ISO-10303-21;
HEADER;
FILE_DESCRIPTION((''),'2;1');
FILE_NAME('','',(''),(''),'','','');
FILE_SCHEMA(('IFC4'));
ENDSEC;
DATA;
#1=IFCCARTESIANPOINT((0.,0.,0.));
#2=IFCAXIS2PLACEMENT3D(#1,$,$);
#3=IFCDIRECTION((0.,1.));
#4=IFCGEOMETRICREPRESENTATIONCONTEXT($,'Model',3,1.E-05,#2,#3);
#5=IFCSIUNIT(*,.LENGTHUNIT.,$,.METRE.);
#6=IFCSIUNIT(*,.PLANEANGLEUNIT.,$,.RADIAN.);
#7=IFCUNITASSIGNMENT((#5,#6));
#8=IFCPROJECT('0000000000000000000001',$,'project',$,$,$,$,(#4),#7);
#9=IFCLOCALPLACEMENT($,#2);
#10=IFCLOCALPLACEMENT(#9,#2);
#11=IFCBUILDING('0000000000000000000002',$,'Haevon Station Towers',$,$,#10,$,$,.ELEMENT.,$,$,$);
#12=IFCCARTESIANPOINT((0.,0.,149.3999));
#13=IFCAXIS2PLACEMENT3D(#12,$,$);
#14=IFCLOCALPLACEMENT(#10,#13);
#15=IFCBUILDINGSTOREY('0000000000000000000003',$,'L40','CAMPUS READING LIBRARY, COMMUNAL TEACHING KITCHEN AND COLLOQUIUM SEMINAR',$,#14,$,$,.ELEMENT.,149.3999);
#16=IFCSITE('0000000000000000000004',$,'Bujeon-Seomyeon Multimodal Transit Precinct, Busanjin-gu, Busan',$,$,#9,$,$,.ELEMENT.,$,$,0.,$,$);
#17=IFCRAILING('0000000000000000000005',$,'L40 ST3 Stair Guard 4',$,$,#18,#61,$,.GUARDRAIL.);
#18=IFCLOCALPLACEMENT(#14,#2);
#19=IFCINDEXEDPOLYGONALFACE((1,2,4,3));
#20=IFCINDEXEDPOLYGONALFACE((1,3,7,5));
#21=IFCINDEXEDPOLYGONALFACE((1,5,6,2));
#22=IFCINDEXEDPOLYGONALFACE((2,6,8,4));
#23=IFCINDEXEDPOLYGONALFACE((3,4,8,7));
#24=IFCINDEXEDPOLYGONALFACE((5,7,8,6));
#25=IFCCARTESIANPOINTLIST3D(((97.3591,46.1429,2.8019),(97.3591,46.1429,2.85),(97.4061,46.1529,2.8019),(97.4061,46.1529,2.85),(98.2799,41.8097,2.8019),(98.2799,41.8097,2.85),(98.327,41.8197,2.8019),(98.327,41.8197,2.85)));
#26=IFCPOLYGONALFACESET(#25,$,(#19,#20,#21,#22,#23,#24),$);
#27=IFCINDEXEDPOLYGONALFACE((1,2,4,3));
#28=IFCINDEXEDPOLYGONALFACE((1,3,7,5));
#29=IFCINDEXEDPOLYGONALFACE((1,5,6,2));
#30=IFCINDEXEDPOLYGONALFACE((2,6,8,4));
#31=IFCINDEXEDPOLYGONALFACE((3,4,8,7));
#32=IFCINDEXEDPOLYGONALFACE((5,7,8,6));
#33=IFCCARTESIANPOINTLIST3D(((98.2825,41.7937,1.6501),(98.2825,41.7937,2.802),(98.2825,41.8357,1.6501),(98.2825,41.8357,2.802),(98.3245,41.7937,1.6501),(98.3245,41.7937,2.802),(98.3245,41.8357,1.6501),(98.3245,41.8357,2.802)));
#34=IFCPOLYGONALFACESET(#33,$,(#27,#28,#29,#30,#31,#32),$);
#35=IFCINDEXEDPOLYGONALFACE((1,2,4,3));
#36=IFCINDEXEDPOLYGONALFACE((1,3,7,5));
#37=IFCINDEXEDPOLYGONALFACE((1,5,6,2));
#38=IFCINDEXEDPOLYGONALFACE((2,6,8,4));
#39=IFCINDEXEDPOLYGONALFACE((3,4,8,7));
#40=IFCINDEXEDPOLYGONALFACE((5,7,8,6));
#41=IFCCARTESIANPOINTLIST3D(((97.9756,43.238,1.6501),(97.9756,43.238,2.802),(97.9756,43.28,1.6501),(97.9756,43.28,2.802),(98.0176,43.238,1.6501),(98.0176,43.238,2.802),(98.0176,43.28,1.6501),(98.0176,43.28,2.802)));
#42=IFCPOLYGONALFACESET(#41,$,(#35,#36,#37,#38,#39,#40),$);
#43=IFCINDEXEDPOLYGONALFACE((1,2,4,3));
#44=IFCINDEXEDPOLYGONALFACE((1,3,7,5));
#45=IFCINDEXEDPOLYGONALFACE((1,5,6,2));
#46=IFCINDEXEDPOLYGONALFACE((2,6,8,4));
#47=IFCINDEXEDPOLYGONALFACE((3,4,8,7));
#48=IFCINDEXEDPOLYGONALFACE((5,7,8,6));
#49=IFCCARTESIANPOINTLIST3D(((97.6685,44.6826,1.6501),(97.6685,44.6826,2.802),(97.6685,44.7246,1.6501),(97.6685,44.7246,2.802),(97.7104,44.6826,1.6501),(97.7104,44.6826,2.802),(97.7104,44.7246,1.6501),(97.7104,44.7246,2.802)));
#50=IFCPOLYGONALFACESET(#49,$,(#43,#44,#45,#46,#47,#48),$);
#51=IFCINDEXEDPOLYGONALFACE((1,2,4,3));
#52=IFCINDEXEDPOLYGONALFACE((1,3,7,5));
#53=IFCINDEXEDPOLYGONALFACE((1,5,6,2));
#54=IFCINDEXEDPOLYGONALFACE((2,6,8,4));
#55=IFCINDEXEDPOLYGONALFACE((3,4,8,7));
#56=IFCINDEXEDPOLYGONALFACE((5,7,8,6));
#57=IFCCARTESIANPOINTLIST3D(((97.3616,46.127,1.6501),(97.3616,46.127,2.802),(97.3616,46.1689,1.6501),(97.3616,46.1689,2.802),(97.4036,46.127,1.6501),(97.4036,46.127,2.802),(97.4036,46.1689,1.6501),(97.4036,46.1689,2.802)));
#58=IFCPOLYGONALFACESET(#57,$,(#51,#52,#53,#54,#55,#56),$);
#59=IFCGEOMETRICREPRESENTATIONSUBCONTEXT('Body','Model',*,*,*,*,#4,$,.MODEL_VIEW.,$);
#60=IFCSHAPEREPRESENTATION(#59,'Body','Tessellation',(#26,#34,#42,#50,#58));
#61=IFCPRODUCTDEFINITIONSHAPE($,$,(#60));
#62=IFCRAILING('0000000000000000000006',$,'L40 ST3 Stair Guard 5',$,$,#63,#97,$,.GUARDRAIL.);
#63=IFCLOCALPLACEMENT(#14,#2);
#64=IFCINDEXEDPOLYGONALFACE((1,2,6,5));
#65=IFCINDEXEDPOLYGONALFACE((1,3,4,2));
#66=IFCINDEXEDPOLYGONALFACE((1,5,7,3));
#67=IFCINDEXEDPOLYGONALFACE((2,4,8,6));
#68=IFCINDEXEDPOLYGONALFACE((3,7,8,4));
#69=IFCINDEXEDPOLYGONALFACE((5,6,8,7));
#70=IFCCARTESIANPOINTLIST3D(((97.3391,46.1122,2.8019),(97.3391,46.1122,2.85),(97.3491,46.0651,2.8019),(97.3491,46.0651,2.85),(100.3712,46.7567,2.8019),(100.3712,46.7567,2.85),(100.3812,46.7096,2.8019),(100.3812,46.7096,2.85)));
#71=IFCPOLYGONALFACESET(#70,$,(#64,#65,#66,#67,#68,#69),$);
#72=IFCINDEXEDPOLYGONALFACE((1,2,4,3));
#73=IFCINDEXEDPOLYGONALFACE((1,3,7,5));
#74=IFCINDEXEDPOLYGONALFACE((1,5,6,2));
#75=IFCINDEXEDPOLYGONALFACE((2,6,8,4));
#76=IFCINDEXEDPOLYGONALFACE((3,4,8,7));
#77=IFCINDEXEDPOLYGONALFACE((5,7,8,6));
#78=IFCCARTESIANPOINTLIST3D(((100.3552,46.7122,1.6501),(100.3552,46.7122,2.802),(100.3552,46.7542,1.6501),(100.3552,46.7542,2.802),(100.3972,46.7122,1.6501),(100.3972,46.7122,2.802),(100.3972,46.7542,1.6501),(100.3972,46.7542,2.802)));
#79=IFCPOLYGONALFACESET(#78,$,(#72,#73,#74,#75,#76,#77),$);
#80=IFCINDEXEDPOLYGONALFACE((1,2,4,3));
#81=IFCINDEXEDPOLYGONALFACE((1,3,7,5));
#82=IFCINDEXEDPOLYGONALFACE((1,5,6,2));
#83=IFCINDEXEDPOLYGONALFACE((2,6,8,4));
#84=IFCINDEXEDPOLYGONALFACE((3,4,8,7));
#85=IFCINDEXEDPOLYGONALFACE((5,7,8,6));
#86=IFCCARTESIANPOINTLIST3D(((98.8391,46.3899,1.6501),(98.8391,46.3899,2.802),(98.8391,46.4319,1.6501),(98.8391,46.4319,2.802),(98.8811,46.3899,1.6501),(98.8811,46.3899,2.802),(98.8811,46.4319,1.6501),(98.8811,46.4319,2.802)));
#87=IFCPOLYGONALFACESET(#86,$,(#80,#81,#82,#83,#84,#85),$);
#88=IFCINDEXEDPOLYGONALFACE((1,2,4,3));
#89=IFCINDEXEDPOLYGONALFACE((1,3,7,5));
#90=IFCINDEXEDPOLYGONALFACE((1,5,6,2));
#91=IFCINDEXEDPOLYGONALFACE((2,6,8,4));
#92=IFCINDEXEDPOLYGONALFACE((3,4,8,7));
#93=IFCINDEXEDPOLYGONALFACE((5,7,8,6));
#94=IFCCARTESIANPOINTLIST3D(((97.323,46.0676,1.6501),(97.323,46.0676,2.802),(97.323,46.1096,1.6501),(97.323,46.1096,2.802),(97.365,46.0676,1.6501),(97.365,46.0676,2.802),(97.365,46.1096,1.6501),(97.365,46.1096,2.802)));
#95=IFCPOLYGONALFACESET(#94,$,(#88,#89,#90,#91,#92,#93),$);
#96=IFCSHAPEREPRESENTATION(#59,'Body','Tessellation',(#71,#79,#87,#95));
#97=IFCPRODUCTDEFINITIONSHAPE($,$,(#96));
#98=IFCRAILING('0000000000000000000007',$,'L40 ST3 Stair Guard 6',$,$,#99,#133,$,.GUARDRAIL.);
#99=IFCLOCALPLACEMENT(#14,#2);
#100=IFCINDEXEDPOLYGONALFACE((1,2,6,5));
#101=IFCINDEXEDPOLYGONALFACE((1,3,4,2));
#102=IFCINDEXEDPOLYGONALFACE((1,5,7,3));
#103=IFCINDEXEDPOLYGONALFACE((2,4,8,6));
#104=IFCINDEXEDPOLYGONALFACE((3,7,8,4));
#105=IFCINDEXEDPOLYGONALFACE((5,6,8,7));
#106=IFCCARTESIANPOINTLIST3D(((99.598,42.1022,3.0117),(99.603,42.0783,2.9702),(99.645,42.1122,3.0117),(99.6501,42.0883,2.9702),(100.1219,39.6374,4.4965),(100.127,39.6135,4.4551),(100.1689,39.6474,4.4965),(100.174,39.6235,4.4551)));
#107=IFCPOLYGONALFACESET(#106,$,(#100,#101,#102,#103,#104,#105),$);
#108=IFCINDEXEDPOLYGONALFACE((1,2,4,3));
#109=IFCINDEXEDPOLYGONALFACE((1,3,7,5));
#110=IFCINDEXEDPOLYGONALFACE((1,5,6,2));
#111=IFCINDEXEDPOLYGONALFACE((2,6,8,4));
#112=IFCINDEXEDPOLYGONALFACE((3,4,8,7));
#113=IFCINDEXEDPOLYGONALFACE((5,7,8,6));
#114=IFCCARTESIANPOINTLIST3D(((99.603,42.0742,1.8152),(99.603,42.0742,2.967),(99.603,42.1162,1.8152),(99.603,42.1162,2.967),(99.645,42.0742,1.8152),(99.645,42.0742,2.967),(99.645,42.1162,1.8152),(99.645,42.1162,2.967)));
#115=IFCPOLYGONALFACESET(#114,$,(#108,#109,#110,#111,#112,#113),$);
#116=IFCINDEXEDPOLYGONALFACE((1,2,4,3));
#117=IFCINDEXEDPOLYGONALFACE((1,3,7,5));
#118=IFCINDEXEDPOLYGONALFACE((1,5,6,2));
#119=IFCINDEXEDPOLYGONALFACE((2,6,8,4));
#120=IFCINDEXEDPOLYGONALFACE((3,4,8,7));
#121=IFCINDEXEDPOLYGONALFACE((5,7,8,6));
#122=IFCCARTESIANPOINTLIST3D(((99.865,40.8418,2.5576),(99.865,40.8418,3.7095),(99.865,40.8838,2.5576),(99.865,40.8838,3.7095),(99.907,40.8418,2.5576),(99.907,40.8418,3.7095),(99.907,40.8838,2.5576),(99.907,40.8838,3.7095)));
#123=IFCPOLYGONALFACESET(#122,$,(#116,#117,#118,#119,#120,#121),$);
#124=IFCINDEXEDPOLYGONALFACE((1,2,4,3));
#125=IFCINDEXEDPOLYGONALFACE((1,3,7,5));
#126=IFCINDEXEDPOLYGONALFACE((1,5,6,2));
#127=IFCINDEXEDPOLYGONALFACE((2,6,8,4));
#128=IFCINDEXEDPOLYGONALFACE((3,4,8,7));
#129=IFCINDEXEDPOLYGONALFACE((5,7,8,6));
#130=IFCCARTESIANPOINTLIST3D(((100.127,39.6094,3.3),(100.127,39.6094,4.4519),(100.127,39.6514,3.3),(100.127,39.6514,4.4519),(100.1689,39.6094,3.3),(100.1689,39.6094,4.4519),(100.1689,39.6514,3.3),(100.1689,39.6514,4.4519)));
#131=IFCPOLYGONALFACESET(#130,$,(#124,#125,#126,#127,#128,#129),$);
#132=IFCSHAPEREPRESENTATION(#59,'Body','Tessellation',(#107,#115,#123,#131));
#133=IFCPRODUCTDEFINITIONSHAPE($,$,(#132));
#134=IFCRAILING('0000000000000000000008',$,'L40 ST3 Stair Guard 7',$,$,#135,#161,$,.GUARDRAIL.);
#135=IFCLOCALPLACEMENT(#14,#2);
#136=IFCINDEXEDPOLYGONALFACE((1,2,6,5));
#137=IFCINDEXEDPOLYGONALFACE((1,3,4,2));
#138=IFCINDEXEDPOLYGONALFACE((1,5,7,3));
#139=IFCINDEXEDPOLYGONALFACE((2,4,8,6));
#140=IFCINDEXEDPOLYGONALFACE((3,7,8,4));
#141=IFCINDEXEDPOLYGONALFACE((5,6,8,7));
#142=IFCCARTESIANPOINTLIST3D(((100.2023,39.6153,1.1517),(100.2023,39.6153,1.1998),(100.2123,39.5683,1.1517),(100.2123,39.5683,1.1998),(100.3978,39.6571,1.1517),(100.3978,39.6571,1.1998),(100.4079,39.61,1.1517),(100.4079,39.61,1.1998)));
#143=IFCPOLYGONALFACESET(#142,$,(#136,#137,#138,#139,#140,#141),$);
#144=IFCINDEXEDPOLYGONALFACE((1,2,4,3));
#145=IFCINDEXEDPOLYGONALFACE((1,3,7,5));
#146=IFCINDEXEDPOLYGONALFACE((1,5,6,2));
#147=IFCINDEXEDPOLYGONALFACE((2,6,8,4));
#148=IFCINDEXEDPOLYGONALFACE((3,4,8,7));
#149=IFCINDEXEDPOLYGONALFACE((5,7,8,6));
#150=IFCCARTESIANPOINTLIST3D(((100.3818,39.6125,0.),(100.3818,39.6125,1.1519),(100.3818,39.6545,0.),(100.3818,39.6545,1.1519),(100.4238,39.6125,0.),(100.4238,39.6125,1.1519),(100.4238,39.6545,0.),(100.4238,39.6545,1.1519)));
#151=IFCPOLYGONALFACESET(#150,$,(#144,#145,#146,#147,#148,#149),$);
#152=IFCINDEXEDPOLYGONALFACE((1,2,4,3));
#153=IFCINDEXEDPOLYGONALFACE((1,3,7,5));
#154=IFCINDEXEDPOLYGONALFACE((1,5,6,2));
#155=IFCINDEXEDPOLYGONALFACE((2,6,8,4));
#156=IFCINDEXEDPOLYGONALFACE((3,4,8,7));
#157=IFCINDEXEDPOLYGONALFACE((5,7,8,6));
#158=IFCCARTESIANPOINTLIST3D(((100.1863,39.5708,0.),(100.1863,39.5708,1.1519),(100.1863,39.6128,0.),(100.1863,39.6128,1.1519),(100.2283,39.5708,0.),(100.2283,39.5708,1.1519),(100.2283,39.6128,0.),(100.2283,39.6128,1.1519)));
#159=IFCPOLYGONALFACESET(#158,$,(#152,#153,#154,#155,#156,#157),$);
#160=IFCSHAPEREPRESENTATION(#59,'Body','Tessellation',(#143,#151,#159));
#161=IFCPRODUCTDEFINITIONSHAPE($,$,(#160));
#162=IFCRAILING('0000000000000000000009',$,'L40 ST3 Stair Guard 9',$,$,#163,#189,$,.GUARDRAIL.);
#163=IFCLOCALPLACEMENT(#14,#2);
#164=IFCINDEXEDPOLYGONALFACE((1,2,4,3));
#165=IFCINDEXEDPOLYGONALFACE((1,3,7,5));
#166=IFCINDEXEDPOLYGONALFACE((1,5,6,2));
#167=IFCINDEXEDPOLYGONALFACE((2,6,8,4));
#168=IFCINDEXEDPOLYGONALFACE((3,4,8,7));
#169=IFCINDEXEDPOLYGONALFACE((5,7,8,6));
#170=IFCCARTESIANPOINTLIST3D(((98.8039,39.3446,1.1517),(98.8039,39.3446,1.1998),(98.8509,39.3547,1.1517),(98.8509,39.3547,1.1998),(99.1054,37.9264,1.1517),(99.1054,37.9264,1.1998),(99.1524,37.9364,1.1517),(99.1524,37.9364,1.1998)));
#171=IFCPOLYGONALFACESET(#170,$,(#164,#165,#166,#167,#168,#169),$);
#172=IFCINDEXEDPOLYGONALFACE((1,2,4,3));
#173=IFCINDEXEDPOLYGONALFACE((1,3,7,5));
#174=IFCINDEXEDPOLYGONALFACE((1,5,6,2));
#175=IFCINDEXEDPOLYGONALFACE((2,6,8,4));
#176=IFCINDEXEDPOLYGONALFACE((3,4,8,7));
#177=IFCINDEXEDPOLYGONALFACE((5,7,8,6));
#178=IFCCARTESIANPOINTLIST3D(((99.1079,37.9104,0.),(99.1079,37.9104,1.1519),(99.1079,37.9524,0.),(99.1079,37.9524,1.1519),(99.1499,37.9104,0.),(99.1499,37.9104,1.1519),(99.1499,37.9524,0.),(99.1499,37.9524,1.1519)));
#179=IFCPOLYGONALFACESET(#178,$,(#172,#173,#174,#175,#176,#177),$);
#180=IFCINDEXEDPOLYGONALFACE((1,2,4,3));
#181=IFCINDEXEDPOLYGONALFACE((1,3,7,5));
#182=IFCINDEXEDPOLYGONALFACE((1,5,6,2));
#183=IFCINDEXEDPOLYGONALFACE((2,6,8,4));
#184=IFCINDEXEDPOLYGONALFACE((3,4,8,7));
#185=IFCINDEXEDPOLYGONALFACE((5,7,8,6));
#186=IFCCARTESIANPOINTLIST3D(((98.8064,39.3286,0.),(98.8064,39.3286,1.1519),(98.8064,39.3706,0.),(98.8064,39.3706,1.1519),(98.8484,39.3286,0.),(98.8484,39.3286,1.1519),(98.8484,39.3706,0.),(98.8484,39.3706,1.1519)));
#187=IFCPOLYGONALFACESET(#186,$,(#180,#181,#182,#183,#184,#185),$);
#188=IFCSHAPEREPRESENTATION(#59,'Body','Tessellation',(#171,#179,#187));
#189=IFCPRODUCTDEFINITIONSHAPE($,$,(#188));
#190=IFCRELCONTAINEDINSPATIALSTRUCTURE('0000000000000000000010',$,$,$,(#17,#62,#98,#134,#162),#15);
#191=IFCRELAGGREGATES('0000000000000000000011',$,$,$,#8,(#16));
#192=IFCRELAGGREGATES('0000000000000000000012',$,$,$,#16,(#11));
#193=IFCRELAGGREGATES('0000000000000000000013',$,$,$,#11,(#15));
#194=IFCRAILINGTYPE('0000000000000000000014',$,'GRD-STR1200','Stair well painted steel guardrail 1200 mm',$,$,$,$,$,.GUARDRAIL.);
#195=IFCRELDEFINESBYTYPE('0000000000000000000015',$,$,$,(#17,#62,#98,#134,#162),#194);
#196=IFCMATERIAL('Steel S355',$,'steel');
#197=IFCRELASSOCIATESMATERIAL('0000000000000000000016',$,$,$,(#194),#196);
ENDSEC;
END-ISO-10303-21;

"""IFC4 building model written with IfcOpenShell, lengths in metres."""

from ifc_helpers import new_model, si_unit, direction, frame, origin, origin_2d, place, context, subcontext, project, spatial, rectangle, extrude, material, type_object, element, save


model = new_model("IFC4")

# Units and contexts
model_context = context("Model", 3, precision=1e-05, world=origin(), true_north=direction((0.0, 1.0)))
body_context = subcontext(model_context, "Body", "Model", "MODEL_VIEW")
ifc_project = project(units=[si_unit("LENGTHUNIT", "METRE"), si_unit("PLANEANGLEUNIT", "RADIAN")], contexts=[model_context])

# Site, building, storey
site_placement = place(None, origin())
site = spatial("IfcSite", under=ifc_project, at=site_placement, Name="Bujeon-Seomyeon Multimodal Transit Precinct, Busanjin-gu, Busan", CompositionType="ELEMENT", RefElevation=0.0)
building_placement = place(site_placement, origin())
building = spatial("IfcBuilding", under=site, at=building_placement, Name="Haevon Station Towers", CompositionType="ELEMENT")
storey_placement = place(building_placement, frame((0.0, 0.0, 149.3999)))
storey = spatial("IfcBuildingStorey", under=building, at=storey_placement, Name="L40", Description="CAMPUS READING LIBRARY, COMMUNAL TEACHING KITCHEN AND COLLOQUIUM SEMINAR", CompositionType="ELEMENT", Elevation=149.3999)

# Shared definitions
ifc_material_1 = material(Name="Steel S355", Category="steel")

# Railings
railing_type_1 = type_object("IfcRailingType", Name="GRD-STR1200", Description="Stair well painted steel guardrail 1200 mm", PredefinedType="GUARDRAIL", material=ifc_material_1)
railing_1_placement = place(storey_placement, frame((98.3035, 41.8147, 1.6501)))
element("IfcRailing", 1, at=railing_1_placement, inside=storey, type_object=railing_type_1, Name="L40 ST3 Stair Guard 4", PredefinedType="GUARDRAIL", context=body_context, shape_type="SweptSolid", body=[
    extrude(rectangle(XDim=0.0481, YDim=0.0481, at=origin_2d()), frame((0.0, 0.0, 1.1758), z_axis=(-0.207877, 0.978155, 0.0), x_axis=(-0.978155, -0.207877, 0.0)), (0.0, 0.0, 1.0), 4.4299),
    extrude(rectangle(XDim=0.042, YDim=0.042, at=origin_2d()), origin(), (0.0, 0.0, 1.0), 1.1519),
    extrude(rectangle(XDim=0.042, YDim=0.042, at=origin_2d()), frame((-0.3069, 1.4443, 0.0)), (0.0, 0.0, 1.0), 1.1519),
    extrude(rectangle(XDim=0.042, YDim=0.042, at=origin_2d()), frame((-0.614, 2.8889, 0.0)), (0.0, 0.0, 1.0), 1.1519),
    extrude(rectangle(XDim=0.042, YDim=0.042, at=origin_2d()), frame((-0.9209, 4.3333, 0.0)), (0.0, 0.0, 1.0), 1.1519),
])
railing_2_placement = place(storey_placement, frame((100.3762, 46.7332, 1.6501)))
element("IfcRailing", 2, at=railing_2_placement, inside=storey, type_object=railing_type_1, Name="L40 ST3 Stair Guard 5", PredefinedType="GUARDRAIL", context=body_context, shape_type="SweptSolid", body=[
    extrude(rectangle(XDim=0.0481, YDim=0.0481, at=origin_2d()), frame((0.0, 0.0, 1.1758), z_axis=(-0.978147, -0.207915, 0.0), x_axis=(0.207915, -0.978147, 0.0)), (0.0, 0.0, 1.0), 3.0999),
    extrude(rectangle(XDim=0.042, YDim=0.042, at=origin_2d()), origin(), (0.0, 0.0, 1.0), 1.1519),
    extrude(rectangle(XDim=0.042, YDim=0.042, at=origin_2d()), frame((-1.5161, -0.3223, 0.0)), (0.0, 0.0, 1.0), 1.1519),
    extrude(rectangle(XDim=0.042, YDim=0.042, at=origin_2d()), frame((-3.0322, -0.6445, 0.0)), (0.0, 0.0, 1.0), 1.1519),
])
railing_3_placement = place(storey_placement, frame((99.624, 42.0952, 1.8152)))
element("IfcRailing", 3, at=railing_3_placement, inside=storey, type_object=railing_type_1, Name="L40 ST3 Stair Guard 6", PredefinedType="GUARDRAIL", context=body_context, shape_type="SweptSolid", body=[
    extrude(rectangle(XDim=0.0481, YDim=0.0481, at=origin_2d()), frame((0.0, 0.0, 1.1758), z_axis=(0.179129, -0.842724, 0.507671), x_axis=(0.978147, 0.207914, 0.0)), (0.0, 0.0, 1.0), 2.9248),
    extrude(rectangle(XDim=0.042, YDim=0.042, at=origin_2d()), origin(), (0.0, 0.0, 1.0), 1.1519),
    extrude(rectangle(XDim=0.042, YDim=0.042, at=origin_2d()), frame((0.262, -1.2324, 0.7424)), (0.0, 0.0, 1.0), 1.1519),
    extrude(rectangle(XDim=0.042, YDim=0.042, at=origin_2d()), frame((0.5239, -2.4648, 1.4849)), (0.0, 0.0, 1.0), 1.1519),
])
railing_4_placement = place(storey_placement, frame((100.4028, 39.6335, 0.0)))
element("IfcRailing", 4, at=railing_4_placement, inside=storey, type_object=railing_type_1, Name="L40 ST3 Stair Guard 7", PredefinedType="GUARDRAIL", context=body_context, shape_type="SweptSolid", body=[
    extrude(rectangle(XDim=0.0481, YDim=0.0481, at=origin_2d()), frame((0.0, 0.0, 1.1758), z_axis=(-0.977963, -0.208779, 0.0), x_axis=(0.208779, -0.977963, 0.0)), (0.0, 0.0, 1.0), 0.2),
    extrude(rectangle(XDim=0.042, YDim=0.042, at=origin_2d()), origin(), (0.0, 0.0, 1.0), 1.1519),
    extrude(rectangle(XDim=0.042, YDim=0.042, at=origin_2d()), frame((-0.1956, -0.0417, 0.0)), (0.0, 0.0, 1.0), 1.1519),
])
railing_5_placement = place(storey_placement, frame((99.1289, 37.9314, 0.0)))
element("IfcRailing", 5, at=railing_5_placement, inside=storey, type_object=railing_type_1, Name="L40 ST3 Stair Guard 9", PredefinedType="GUARDRAIL", context=body_context, shape_type="SweptSolid", body=[
    extrude(rectangle(XDim=0.0481, YDim=0.0481, at=origin_2d()), frame((0.0, 0.0, 1.1758), z_axis=(-0.207953, 0.978139, 0.0), x_axis=(-0.978139, -0.207953, 0.0)), (0.0, 0.0, 1.0), 1.45),
    extrude(rectangle(XDim=0.042, YDim=0.042, at=origin_2d()), origin(), (0.0, 0.0, 1.0), 1.1519),
    extrude(rectangle(XDim=0.042, YDim=0.042, at=origin_2d()), frame((-0.3015, 1.4182, 0.0)), (0.0, 0.0, 1.0), 1.1519),
])

save(model, "model.ifc")
